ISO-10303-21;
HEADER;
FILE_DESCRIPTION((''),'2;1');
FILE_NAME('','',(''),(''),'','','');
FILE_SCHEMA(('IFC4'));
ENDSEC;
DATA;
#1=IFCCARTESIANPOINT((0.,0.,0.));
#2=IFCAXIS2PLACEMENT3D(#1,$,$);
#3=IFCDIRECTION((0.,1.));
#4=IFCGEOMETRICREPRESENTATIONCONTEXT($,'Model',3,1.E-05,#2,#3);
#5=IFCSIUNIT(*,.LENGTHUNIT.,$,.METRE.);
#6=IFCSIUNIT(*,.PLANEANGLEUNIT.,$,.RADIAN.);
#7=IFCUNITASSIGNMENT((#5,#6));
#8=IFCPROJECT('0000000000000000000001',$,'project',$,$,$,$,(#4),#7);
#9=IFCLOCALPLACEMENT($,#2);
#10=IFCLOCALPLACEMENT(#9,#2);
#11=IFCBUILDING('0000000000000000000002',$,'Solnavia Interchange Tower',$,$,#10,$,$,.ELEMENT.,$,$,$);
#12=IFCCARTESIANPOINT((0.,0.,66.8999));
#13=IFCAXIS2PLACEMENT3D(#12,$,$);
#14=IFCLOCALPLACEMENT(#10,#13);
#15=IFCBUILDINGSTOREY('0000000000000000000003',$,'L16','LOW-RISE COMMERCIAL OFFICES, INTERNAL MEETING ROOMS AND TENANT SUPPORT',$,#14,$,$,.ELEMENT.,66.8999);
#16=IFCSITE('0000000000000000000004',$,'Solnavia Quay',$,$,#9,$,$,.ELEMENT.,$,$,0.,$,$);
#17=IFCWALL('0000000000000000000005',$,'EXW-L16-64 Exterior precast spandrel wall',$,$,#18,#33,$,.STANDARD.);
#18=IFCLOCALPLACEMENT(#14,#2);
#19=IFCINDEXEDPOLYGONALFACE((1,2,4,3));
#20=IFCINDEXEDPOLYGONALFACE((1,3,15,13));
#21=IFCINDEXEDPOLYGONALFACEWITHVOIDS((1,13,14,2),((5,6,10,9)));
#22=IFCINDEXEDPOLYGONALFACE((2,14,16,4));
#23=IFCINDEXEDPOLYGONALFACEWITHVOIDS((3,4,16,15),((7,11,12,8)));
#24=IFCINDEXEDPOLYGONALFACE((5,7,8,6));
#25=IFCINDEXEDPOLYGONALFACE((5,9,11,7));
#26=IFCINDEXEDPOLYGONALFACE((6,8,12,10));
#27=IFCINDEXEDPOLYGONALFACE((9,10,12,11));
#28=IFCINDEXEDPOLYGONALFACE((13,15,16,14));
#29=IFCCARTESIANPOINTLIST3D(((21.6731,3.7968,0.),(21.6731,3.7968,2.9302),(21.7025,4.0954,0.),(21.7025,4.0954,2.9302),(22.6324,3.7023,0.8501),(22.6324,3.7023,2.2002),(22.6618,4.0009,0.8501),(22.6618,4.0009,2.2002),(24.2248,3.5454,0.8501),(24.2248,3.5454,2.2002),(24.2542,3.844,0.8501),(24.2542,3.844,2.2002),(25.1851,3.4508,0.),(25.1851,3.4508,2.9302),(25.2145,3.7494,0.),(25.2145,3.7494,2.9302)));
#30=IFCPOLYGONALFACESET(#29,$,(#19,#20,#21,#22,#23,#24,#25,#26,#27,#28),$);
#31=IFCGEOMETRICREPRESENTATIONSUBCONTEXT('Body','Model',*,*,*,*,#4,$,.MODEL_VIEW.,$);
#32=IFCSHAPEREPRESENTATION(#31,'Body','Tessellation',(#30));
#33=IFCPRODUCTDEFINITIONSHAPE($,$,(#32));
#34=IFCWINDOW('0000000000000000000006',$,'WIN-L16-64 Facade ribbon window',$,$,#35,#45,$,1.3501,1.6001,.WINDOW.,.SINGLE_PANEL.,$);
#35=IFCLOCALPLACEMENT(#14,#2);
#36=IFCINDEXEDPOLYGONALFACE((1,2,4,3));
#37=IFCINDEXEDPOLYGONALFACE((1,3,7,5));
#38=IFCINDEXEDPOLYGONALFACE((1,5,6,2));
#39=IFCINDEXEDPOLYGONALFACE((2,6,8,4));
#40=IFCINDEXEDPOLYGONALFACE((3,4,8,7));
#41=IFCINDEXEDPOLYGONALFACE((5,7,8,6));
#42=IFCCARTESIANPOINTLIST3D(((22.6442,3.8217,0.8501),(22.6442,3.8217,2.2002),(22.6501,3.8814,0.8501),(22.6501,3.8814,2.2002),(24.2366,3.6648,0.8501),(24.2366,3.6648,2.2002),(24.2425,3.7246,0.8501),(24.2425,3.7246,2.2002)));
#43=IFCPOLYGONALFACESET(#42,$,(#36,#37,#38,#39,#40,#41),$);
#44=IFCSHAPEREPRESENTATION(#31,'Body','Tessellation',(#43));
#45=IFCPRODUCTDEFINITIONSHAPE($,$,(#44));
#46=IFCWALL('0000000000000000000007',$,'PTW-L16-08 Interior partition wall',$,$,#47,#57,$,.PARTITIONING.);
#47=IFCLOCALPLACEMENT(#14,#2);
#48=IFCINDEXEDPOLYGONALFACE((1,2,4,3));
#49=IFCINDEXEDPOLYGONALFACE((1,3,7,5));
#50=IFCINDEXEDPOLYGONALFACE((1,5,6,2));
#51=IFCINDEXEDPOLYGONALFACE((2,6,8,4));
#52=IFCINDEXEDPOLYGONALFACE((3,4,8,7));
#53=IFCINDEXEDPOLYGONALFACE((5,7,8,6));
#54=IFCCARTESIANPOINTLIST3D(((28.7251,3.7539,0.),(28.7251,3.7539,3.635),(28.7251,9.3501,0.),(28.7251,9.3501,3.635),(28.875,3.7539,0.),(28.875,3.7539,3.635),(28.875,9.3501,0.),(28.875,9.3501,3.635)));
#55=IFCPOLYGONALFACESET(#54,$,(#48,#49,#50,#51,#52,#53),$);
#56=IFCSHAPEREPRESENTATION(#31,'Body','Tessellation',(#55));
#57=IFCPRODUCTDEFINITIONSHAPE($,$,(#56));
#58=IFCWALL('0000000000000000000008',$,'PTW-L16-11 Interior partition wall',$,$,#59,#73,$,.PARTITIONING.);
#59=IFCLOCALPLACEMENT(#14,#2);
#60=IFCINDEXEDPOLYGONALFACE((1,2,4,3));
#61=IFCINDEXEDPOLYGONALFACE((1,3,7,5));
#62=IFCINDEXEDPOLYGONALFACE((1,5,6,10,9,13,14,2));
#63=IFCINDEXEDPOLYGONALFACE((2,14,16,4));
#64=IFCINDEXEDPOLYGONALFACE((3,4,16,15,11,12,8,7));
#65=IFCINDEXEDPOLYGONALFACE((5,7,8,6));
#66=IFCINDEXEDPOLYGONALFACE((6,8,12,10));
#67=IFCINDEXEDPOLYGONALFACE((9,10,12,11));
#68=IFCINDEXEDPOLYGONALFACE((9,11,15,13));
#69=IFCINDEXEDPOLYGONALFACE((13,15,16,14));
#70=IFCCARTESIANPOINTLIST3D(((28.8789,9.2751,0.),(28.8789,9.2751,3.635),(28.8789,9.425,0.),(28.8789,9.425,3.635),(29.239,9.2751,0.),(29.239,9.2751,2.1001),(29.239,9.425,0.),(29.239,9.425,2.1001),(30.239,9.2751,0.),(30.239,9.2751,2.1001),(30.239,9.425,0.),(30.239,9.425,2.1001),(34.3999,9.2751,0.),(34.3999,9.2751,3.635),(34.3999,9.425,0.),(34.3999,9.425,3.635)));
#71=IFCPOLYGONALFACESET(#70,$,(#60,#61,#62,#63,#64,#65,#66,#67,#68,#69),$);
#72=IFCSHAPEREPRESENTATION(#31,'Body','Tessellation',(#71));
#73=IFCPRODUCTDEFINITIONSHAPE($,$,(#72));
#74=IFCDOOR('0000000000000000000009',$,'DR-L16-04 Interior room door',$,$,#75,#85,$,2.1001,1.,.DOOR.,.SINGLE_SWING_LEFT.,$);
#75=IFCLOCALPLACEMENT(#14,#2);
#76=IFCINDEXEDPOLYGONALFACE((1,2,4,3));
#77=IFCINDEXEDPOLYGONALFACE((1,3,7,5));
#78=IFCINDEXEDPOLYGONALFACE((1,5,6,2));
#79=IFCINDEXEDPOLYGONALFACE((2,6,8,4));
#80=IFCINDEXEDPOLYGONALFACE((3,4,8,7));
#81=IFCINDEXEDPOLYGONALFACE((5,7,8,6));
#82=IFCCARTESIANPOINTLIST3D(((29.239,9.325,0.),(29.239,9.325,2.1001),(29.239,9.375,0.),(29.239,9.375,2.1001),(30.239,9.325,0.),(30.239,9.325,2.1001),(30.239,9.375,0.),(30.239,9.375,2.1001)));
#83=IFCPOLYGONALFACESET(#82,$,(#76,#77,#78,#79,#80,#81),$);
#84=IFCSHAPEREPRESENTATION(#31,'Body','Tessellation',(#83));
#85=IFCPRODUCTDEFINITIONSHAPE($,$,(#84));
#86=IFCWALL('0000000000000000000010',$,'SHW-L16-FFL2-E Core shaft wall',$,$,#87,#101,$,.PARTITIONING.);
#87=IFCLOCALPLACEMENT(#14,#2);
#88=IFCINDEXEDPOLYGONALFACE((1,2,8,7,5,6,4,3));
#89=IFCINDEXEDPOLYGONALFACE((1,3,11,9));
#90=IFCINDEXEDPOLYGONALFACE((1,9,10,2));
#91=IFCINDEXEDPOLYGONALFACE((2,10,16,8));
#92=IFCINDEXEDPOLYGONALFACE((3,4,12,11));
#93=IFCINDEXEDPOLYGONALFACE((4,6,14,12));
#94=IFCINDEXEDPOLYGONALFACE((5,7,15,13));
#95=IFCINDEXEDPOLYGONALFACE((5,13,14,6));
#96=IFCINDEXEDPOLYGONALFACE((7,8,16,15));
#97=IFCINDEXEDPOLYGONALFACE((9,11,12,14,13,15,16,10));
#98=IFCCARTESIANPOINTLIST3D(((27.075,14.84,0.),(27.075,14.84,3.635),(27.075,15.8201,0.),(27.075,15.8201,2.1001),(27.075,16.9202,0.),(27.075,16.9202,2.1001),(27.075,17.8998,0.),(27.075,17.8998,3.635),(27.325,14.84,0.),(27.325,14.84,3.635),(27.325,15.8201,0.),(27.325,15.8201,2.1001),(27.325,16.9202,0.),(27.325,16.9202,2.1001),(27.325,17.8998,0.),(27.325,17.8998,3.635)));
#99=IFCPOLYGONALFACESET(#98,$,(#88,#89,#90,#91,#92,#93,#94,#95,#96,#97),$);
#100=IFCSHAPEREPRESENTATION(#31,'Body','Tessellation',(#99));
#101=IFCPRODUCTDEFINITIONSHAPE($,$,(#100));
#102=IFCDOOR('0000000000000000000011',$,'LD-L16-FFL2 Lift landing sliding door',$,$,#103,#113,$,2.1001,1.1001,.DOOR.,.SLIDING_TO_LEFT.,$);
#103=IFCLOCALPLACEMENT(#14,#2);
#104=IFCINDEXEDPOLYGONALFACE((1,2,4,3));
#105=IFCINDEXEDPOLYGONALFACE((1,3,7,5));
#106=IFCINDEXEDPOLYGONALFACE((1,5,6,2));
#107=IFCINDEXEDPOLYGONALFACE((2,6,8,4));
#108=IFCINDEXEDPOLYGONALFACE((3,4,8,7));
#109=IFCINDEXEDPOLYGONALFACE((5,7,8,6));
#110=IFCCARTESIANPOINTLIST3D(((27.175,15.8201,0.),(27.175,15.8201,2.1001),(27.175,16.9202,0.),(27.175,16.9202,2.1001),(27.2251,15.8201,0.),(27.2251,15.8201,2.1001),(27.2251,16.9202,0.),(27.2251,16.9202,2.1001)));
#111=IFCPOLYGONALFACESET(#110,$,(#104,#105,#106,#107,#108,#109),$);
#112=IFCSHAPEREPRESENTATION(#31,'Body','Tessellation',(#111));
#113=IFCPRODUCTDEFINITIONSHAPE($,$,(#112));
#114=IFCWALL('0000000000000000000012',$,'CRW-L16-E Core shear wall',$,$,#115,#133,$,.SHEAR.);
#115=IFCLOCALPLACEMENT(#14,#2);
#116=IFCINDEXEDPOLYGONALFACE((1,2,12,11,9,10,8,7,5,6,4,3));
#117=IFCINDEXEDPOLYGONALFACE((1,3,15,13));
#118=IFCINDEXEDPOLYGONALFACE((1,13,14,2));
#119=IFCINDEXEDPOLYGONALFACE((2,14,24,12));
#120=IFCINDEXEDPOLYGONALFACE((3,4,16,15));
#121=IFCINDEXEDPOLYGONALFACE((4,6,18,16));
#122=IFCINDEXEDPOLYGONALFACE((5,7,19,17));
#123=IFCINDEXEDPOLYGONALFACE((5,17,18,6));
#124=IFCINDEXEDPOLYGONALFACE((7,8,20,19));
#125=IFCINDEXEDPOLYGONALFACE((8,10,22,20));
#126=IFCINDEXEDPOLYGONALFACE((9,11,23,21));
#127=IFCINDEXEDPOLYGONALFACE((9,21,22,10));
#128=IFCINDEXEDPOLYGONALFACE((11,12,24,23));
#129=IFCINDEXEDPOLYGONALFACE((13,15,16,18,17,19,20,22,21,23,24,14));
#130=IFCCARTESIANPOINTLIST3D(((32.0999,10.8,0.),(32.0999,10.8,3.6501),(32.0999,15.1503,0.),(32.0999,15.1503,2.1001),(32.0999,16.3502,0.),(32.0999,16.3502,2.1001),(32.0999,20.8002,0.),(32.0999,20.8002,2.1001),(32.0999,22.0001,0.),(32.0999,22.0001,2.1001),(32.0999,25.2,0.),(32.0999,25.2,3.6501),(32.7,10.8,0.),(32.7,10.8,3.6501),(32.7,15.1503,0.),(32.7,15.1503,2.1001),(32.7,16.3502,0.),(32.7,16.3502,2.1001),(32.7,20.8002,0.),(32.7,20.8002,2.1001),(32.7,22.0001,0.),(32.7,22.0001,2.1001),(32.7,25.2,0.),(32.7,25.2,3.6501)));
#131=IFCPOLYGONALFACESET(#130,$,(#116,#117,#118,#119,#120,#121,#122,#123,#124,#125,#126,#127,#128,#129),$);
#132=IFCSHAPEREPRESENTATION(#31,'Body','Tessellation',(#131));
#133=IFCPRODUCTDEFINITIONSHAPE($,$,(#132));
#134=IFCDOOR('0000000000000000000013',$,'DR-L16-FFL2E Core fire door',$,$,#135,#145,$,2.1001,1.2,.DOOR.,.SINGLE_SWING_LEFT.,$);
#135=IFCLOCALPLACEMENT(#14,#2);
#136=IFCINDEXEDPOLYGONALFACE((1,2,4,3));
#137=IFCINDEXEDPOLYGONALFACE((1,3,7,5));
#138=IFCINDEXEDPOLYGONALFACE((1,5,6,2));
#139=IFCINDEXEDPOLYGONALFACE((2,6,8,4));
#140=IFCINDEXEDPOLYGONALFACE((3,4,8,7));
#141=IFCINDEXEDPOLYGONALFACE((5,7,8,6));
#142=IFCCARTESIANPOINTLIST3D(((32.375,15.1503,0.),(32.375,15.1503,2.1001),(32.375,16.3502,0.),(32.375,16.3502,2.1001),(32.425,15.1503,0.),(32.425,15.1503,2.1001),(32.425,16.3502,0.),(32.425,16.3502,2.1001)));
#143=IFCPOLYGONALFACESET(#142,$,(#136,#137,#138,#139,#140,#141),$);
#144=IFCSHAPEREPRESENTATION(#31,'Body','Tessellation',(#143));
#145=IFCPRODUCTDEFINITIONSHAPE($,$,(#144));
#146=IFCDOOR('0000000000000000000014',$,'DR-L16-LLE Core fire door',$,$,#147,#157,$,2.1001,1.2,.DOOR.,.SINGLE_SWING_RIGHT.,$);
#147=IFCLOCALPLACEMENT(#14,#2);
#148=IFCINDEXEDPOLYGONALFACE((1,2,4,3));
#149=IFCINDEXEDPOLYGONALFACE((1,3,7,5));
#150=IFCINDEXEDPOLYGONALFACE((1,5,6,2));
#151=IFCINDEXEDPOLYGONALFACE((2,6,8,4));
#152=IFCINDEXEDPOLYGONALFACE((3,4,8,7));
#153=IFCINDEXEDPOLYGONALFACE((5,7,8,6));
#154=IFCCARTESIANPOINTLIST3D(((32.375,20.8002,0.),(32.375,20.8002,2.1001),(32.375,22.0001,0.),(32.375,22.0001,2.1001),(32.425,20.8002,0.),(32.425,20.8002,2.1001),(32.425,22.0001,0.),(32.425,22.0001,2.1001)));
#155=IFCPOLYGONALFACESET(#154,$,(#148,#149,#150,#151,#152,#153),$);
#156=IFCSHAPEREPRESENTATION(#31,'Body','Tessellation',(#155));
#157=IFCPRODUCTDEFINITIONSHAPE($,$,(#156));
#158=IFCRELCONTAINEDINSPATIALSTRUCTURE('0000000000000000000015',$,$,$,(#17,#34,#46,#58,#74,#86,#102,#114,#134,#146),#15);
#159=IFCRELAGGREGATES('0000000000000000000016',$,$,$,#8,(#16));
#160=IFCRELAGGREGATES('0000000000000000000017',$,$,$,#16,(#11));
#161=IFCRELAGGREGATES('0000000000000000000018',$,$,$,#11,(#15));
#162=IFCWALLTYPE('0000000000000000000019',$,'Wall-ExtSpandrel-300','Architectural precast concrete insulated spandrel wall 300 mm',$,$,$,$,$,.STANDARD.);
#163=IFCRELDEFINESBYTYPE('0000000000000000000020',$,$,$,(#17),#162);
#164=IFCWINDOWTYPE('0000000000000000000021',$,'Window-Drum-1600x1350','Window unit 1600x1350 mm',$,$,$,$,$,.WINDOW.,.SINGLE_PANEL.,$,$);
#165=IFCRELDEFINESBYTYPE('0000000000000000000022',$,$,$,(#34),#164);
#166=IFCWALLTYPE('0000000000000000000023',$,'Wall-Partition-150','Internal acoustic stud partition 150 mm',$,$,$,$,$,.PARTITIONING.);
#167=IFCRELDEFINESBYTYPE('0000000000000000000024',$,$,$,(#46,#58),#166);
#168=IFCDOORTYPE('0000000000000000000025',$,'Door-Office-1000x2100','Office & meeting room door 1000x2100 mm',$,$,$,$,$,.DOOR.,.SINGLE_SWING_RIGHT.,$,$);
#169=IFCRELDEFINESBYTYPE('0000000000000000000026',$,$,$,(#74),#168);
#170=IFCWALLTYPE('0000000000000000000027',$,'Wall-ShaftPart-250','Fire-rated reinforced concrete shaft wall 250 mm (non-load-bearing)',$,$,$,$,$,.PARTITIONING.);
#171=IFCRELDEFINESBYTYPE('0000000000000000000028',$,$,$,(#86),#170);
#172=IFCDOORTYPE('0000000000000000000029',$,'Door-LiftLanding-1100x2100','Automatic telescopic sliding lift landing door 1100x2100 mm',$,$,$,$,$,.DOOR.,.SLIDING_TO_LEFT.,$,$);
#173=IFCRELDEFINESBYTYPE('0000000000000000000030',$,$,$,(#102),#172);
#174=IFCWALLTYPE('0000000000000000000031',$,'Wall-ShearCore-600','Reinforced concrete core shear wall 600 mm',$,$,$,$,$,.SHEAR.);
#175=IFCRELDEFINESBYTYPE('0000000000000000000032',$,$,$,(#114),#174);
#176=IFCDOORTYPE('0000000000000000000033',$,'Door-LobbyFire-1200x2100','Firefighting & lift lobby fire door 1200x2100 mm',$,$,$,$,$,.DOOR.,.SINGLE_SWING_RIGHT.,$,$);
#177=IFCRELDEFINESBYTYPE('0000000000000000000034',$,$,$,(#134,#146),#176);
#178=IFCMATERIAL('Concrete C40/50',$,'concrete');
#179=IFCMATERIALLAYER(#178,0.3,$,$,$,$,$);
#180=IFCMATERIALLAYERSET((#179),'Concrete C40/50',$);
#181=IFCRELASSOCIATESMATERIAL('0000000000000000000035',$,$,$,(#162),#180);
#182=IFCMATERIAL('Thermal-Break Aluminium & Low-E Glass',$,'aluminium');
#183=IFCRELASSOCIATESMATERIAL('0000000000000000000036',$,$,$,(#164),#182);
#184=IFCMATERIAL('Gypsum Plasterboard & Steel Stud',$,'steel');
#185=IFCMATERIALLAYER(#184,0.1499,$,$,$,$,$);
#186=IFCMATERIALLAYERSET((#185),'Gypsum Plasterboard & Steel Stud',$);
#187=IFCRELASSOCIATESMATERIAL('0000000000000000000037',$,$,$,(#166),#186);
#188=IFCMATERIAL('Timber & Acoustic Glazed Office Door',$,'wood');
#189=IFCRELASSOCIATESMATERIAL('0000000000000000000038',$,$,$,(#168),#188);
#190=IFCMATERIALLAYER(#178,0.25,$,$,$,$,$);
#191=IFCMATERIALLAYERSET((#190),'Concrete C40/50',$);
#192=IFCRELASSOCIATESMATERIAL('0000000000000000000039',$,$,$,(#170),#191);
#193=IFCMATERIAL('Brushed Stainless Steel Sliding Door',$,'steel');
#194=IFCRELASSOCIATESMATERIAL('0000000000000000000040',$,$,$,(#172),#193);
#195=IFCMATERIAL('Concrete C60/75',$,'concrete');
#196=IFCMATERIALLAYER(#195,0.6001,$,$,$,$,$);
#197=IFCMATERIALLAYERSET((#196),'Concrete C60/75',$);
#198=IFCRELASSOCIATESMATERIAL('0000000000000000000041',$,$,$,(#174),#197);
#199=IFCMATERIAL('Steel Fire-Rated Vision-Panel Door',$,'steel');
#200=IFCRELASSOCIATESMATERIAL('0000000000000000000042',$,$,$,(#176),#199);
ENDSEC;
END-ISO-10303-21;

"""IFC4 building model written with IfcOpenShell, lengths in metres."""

from ifc_helpers import new_model, si_unit, direction, frame, frame_2d, origin, place, context, subcontext, project, spatial, rectangle, extrude, material, layer, layer_set, type_object, element, fill, save


model = new_model("IFC4")

# Units and contexts
model_context = context("Model", 3, precision=1e-05, world=origin(), true_north=direction((0.0, 1.0)))
body_context = subcontext(model_context, "Body", "Model", "MODEL_VIEW")
ifc_project = project(units=[si_unit("LENGTHUNIT", "METRE"), si_unit("PLANEANGLEUNIT", "RADIAN")], contexts=[model_context])

# Site, building, storey
site_placement = place(None, origin())
site = spatial("IfcSite", under=ifc_project, at=site_placement, Name="Solnavia Quay", CompositionType="ELEMENT", RefElevation=0.0)
building_placement = place(site_placement, origin())
building = spatial("IfcBuilding", under=site, at=building_placement, Name="Solnavia Interchange Tower", CompositionType="ELEMENT")
storey_placement = place(building_placement, frame((0.0, 0.0, 66.8999)))
storey = spatial("IfcBuildingStorey", under=building, at=storey_placement, Name="L16", Description="LOW-RISE COMMERCIAL OFFICES, INTERNAL MEETING ROOMS AND TENANT SUPPORT", CompositionType="ELEMENT", Elevation=66.8999)

# Shared definitions
ifc_material_1 = material(Name="Concrete C60/75", Category="concrete")

# Shared definitions
ifc_material_2 = material(Name="Concrete C40/50", Category="concrete")
ifc_layer_1 = layer(ifc_material_2, 0.3)
ifc_layer_set_1 = layer_set([ifc_layer_1], Name="Concrete C40/50")
wall_type_1 = type_object("IfcWallType", Name="Wall-ExtSpandrel-300", Description="Architectural precast concrete insulated spandrel wall 300 mm", PredefinedType="STANDARD", material=ifc_layer_set_1)

# Wall, opening, window
ifc_material_3 = material(Name="Thermal-Break Aluminium & Low-E Glass", Category="aluminium")
wall_1_placement = place(storey_placement, frame((25.2, 3.6001, 0.0), z_axis=(0.0, 0.0, 1.0), x_axis=(-0.995183, 0.098031, 0.0)))
wall_1 = element("IfcWall", 1, at=wall_1_placement, inside=storey, type_object=wall_type_1, Name="EXW-L16-64 Exterior precast spandrel wall", PredefinedType="STANDARD", context=body_context, shape_type="SweptSolid", body=[
    extrude(rectangle(XDim=3.5291, YDim=0.3, at=frame_2d((1.7646, 0.0))), origin(), (0.0, 0.0, 1.0), 2.9302),
])
opening_1_placement = place(wall_1_placement, frame((0.9651, 0.0, 0.8501)))
opening_1 = element("IfcOpeningElement", 2, at=opening_1_placement, cuts=wall_1, PredefinedType="OPENING", context=body_context, shape_type="SweptSolid", body=[
    extrude(rectangle(XDim=1.6001, YDim=1.3501, at=frame_2d((0.8, 0.675))), frame((0.0, 0.1602, 0.0), z_axis=(0.0, -1.0, 0.0), x_axis=(1.0, 0.0, 0.0)), (0.0, 0.0, 1.0), 0.3201),
])
window_type_1 = type_object("IfcWindowType", Name="Window-Drum-1600x1350", Description="Window unit 1600x1350 mm", PartitioningType="SINGLE_PANEL", PredefinedType="WINDOW", material=ifc_material_3)
window_1_placement = place(opening_1_placement, origin())
window_1 = element("IfcWindow", 3, at=window_1_placement, inside=storey, type_object=window_type_1, Name="WIN-L16-64 Facade ribbon window", OverallHeight=1.3501, OverallWidth=1.6001, PartitioningType="SINGLE_PANEL", PredefinedType="WINDOW", context=body_context, shape_type="SweptSolid", body=[
    extrude(rectangle(XDim=1.6001, YDim=1.3501, at=frame_2d((0.8, 0.675))), frame((0.0, 0.03, 0.0), z_axis=(0.0, -1.0, 0.0), x_axis=(1.0, 0.0, 0.0)), (0.0, 0.0, 1.0), 0.0601),
])
fill(opening_1, window_1)

# Wall
ifc_material_4 = material(Name="Gypsum Plasterboard & Steel Stud", Category="steel")
ifc_layer_2 = layer(ifc_material_4, 0.1499)
ifc_layer_set_2 = layer_set([ifc_layer_2], Name="Gypsum Plasterboard & Steel Stud")
wall_type_2 = type_object("IfcWallType", Name="Wall-Partition-150", Description="Internal acoustic stud partition 150 mm", PredefinedType="PARTITIONING", material=ifc_layer_set_2)
wall_2_placement = place(storey_placement, frame((28.8, 9.3501, 0.0), z_axis=(0.0, 0.0, 1.0), x_axis=(0.0, -1.0, 0.0)))
element("IfcWall", 4, at=wall_2_placement, inside=storey, type_object=wall_type_2, Name="PTW-L16-08 Interior partition wall", PredefinedType="PARTITIONING", context=body_context, shape_type="SweptSolid", body=[
    extrude(rectangle(XDim=5.5962, YDim=0.1499, at=frame_2d((2.7981, 0.0))), origin(), (0.0, 0.0, 1.0), 3.635),
])

# Walls, openings, doors
wall_3_placement = place(storey_placement, frame((28.8789, 9.3501, 0.0), z_axis=(0.0, 0.0, 1.0), x_axis=(1.0, 0.0, 0.0)))
wall_3 = element("IfcWall", 5, at=wall_3_placement, inside=storey, type_object=wall_type_2, Name="PTW-L16-11 Interior partition wall", PredefinedType="PARTITIONING", context=body_context, shape_type="SweptSolid", body=[
    extrude(rectangle(XDim=5.521, YDim=0.1499, at=frame_2d((2.7605, 0.0))), origin(), (0.0, 0.0, 1.0), 3.635),
])
opening_2_placement = place(wall_3_placement, frame((0.3601, 0.0, 0.0)))
opening_2 = element("IfcOpeningElement", 6, at=opening_2_placement, cuts=wall_3, PredefinedType="OPENING", context=body_context, shape_type="SweptSolid", body=[
    extrude(rectangle(XDim=1.0, YDim=2.1001, at=frame_2d((0.5, 1.05))), frame((0.0, 0.085, 0.0), z_axis=(0.0, -1.0, 0.0), x_axis=(1.0, 0.0, 0.0)), (0.0, 0.0, 1.0), 0.1699),
])
ifc_material_5 = material(Name="Timber & Acoustic Glazed Office Door", Category="wood")
door_type_1 = type_object("IfcDoorType", Name="Door-Office-1000x2100", Description="Office & meeting room door 1000x2100 mm", OperationType="SINGLE_SWING_RIGHT", PredefinedType="DOOR", material=ifc_material_5)
door_1_placement = place(opening_2_placement, origin())
door_1 = element("IfcDoor", 7, at=door_1_placement, inside=storey, type_object=door_type_1, Name="DR-L16-04 Interior room door", OperationType="SINGLE_SWING_LEFT", OverallHeight=2.1001, OverallWidth=1.0, PredefinedType="DOOR", context=body_context, shape_type="SweptSolid", body=[
    extrude(rectangle(XDim=1.0, YDim=2.1001, at=frame_2d((0.5, 1.05))), frame((0.0, 0.0249, 0.0), z_axis=(0.0, -1.0, 0.0), x_axis=(1.0, 0.0, 0.0)), (0.0, 0.0, 1.0), 0.05),
])
fill(opening_2, door_1)
ifc_layer_3 = layer(ifc_material_2, 0.25)
ifc_layer_set_3 = layer_set([ifc_layer_3], Name="Concrete C40/50")
wall_type_3 = type_object("IfcWallType", Name="Wall-ShaftPart-250", Description="Fire-rated reinforced concrete shaft wall 250 mm (non-load-bearing)", PredefinedType="PARTITIONING", material=ifc_layer_set_3)
wall_4_placement = place(storey_placement, frame((27.2, 14.8401, 0.0), z_axis=(0.0, 0.0, 1.0), x_axis=(0.0, 1.0, 0.0)))
wall_4 = element("IfcWall", 8, at=wall_4_placement, inside=storey, type_object=wall_type_3, Name="SHW-L16-FFL2-E Core shaft wall", PredefinedType="PARTITIONING", context=body_context, shape_type="SweptSolid", body=[
    extrude(rectangle(XDim=3.0598, YDim=0.25, at=frame_2d((1.5298, 0.0))), origin(), (0.0, 0.0, 1.0), 3.635),
])
opening_3_placement = place(wall_4_placement, frame((0.98, 0.0, 0.0)))
opening_3 = element("IfcOpeningElement", 9, at=opening_3_placement, cuts=wall_4, PredefinedType="OPENING", context=body_context, shape_type="SweptSolid", body=[
    extrude(rectangle(XDim=1.1001, YDim=2.1001, at=frame_2d((0.55, 1.05))), frame((0.0, 0.135, 0.0), z_axis=(0.0, -1.0, 0.0), x_axis=(1.0, 0.0, 0.0)), (0.0, 0.0, 1.0), 0.27),
])
ifc_material_6 = material(Name="Brushed Stainless Steel Sliding Door", Category="steel")
door_type_2 = type_object("IfcDoorType", Name="Door-LiftLanding-1100x2100", Description="Automatic telescopic sliding lift landing door 1100x2100 mm", OperationType="SLIDING_TO_LEFT", PredefinedType="DOOR", material=ifc_material_6)
door_2_placement = place(opening_3_placement, origin())
door_2 = element("IfcDoor", 10, at=door_2_placement, inside=storey, type_object=door_type_2, Name="LD-L16-FFL2 Lift landing sliding door", OperationType="SLIDING_TO_LEFT", OverallHeight=2.1001, OverallWidth=1.1001, PredefinedType="DOOR", context=body_context, shape_type="SweptSolid", body=[
    extrude(rectangle(XDim=1.1001, YDim=2.1001, at=frame_2d((0.55, 1.05))), frame((0.0, 0.0249, 0.0), z_axis=(0.0, -1.0, 0.0), x_axis=(1.0, 0.0, 0.0)), (0.0, 0.0, 1.0), 0.05),
])
fill(opening_3, door_2)

# Wall, openings, doors
ifc_layer_4 = layer(ifc_material_1, 0.6001)
ifc_layer_set_4 = layer_set([ifc_layer_4], Name="Concrete C60/75")
wall_type_4 = type_object("IfcWallType", Name="Wall-ShearCore-600", Description="Reinforced concrete core shear wall 600 mm", PredefinedType="SHEAR", material=ifc_layer_set_4)
wall_5_placement = place(storey_placement, frame((32.3999, 10.8, 0.0), z_axis=(0.0, 0.0, 1.0), x_axis=(0.0, 1.0, 0.0)))
wall_5 = element("IfcWall", 11, at=wall_5_placement, inside=storey, type_object=wall_type_4, Name="CRW-L16-E Core shear wall", PredefinedType="SHEAR", context=body_context, shape_type="SweptSolid", body=[
    extrude(rectangle(XDim=14.3999, YDim=0.6001, at=frame_2d((7.2, 0.0))), origin(), (0.0, 0.0, 1.0), 3.6501),
])
opening_4_placement = place(wall_5_placement, frame((4.3501, 0.0, 0.0)))
opening_4 = element("IfcOpeningElement", 12, at=opening_4_placement, cuts=wall_5, PredefinedType="OPENING", context=body_context, shape_type="SweptSolid", body=[
    extrude(rectangle(XDim=1.2, YDim=2.1001, at=frame_2d((0.6001, 1.05))), frame((0.0, 0.3101, 0.0), z_axis=(0.0, -1.0, 0.0), x_axis=(1.0, 0.0, 0.0)), (0.0, 0.0, 1.0), 0.6201),
])
opening_5_placement = place(wall_5_placement, frame((10.0, 0.0, 0.0)))
opening_5 = element("IfcOpeningElement", 13, at=opening_5_placement, cuts=wall_5, PredefinedType="OPENING", context=body_context, shape_type="SweptSolid", body=[
    extrude(rectangle(XDim=1.2, YDim=2.1001, at=frame_2d((0.6001, 1.05))), frame((0.0, 0.3101, 0.0), z_axis=(0.0, -1.0, 0.0), x_axis=(1.0, 0.0, 0.0)), (0.0, 0.0, 1.0), 0.6201),
])
ifc_material_7 = material(Name="Steel Fire-Rated Vision-Panel Door", Category="steel")
door_type_3 = type_object("IfcDoorType", Name="Door-LobbyFire-1200x2100", Description="Firefighting & lift lobby fire door 1200x2100 mm", OperationType="SINGLE_SWING_RIGHT", PredefinedType="DOOR", material=ifc_material_7)
door_3_placement = place(opening_4_placement, origin())
door_3 = element("IfcDoor", 14, at=door_3_placement, inside=storey, type_object=door_type_3, Name="DR-L16-FFL2E Core fire door", OperationType="SINGLE_SWING_LEFT", OverallHeight=2.1001, OverallWidth=1.2, PredefinedType="DOOR", context=body_context, shape_type="SweptSolid", body=[
    extrude(rectangle(XDim=1.2, YDim=2.1001, at=frame_2d((0.6001, 1.05))), frame((0.0, 0.0249, 0.0), z_axis=(0.0, -1.0, 0.0), x_axis=(1.0, 0.0, 0.0)), (0.0, 0.0, 1.0), 0.05),
])
fill(opening_4, door_3)
door_4_placement = place(opening_5_placement, origin())
door_4 = element("IfcDoor", 15, at=door_4_placement, inside=storey, type_object=door_type_3, Name="DR-L16-LLE Core fire door", OperationType="SINGLE_SWING_RIGHT", OverallHeight=2.1001, OverallWidth=1.2, PredefinedType="DOOR", context=body_context, shape_type="SweptSolid", body=[
    extrude(rectangle(XDim=1.2, YDim=2.1001, at=frame_2d((0.6001, 1.05))), frame((0.0, 0.0249, 0.0), z_axis=(0.0, -1.0, 0.0), x_axis=(1.0, 0.0, 0.0)), (0.0, 0.0, 1.0), 0.05),
])
fill(opening_5, door_4)

save(model, "model.ifc")
